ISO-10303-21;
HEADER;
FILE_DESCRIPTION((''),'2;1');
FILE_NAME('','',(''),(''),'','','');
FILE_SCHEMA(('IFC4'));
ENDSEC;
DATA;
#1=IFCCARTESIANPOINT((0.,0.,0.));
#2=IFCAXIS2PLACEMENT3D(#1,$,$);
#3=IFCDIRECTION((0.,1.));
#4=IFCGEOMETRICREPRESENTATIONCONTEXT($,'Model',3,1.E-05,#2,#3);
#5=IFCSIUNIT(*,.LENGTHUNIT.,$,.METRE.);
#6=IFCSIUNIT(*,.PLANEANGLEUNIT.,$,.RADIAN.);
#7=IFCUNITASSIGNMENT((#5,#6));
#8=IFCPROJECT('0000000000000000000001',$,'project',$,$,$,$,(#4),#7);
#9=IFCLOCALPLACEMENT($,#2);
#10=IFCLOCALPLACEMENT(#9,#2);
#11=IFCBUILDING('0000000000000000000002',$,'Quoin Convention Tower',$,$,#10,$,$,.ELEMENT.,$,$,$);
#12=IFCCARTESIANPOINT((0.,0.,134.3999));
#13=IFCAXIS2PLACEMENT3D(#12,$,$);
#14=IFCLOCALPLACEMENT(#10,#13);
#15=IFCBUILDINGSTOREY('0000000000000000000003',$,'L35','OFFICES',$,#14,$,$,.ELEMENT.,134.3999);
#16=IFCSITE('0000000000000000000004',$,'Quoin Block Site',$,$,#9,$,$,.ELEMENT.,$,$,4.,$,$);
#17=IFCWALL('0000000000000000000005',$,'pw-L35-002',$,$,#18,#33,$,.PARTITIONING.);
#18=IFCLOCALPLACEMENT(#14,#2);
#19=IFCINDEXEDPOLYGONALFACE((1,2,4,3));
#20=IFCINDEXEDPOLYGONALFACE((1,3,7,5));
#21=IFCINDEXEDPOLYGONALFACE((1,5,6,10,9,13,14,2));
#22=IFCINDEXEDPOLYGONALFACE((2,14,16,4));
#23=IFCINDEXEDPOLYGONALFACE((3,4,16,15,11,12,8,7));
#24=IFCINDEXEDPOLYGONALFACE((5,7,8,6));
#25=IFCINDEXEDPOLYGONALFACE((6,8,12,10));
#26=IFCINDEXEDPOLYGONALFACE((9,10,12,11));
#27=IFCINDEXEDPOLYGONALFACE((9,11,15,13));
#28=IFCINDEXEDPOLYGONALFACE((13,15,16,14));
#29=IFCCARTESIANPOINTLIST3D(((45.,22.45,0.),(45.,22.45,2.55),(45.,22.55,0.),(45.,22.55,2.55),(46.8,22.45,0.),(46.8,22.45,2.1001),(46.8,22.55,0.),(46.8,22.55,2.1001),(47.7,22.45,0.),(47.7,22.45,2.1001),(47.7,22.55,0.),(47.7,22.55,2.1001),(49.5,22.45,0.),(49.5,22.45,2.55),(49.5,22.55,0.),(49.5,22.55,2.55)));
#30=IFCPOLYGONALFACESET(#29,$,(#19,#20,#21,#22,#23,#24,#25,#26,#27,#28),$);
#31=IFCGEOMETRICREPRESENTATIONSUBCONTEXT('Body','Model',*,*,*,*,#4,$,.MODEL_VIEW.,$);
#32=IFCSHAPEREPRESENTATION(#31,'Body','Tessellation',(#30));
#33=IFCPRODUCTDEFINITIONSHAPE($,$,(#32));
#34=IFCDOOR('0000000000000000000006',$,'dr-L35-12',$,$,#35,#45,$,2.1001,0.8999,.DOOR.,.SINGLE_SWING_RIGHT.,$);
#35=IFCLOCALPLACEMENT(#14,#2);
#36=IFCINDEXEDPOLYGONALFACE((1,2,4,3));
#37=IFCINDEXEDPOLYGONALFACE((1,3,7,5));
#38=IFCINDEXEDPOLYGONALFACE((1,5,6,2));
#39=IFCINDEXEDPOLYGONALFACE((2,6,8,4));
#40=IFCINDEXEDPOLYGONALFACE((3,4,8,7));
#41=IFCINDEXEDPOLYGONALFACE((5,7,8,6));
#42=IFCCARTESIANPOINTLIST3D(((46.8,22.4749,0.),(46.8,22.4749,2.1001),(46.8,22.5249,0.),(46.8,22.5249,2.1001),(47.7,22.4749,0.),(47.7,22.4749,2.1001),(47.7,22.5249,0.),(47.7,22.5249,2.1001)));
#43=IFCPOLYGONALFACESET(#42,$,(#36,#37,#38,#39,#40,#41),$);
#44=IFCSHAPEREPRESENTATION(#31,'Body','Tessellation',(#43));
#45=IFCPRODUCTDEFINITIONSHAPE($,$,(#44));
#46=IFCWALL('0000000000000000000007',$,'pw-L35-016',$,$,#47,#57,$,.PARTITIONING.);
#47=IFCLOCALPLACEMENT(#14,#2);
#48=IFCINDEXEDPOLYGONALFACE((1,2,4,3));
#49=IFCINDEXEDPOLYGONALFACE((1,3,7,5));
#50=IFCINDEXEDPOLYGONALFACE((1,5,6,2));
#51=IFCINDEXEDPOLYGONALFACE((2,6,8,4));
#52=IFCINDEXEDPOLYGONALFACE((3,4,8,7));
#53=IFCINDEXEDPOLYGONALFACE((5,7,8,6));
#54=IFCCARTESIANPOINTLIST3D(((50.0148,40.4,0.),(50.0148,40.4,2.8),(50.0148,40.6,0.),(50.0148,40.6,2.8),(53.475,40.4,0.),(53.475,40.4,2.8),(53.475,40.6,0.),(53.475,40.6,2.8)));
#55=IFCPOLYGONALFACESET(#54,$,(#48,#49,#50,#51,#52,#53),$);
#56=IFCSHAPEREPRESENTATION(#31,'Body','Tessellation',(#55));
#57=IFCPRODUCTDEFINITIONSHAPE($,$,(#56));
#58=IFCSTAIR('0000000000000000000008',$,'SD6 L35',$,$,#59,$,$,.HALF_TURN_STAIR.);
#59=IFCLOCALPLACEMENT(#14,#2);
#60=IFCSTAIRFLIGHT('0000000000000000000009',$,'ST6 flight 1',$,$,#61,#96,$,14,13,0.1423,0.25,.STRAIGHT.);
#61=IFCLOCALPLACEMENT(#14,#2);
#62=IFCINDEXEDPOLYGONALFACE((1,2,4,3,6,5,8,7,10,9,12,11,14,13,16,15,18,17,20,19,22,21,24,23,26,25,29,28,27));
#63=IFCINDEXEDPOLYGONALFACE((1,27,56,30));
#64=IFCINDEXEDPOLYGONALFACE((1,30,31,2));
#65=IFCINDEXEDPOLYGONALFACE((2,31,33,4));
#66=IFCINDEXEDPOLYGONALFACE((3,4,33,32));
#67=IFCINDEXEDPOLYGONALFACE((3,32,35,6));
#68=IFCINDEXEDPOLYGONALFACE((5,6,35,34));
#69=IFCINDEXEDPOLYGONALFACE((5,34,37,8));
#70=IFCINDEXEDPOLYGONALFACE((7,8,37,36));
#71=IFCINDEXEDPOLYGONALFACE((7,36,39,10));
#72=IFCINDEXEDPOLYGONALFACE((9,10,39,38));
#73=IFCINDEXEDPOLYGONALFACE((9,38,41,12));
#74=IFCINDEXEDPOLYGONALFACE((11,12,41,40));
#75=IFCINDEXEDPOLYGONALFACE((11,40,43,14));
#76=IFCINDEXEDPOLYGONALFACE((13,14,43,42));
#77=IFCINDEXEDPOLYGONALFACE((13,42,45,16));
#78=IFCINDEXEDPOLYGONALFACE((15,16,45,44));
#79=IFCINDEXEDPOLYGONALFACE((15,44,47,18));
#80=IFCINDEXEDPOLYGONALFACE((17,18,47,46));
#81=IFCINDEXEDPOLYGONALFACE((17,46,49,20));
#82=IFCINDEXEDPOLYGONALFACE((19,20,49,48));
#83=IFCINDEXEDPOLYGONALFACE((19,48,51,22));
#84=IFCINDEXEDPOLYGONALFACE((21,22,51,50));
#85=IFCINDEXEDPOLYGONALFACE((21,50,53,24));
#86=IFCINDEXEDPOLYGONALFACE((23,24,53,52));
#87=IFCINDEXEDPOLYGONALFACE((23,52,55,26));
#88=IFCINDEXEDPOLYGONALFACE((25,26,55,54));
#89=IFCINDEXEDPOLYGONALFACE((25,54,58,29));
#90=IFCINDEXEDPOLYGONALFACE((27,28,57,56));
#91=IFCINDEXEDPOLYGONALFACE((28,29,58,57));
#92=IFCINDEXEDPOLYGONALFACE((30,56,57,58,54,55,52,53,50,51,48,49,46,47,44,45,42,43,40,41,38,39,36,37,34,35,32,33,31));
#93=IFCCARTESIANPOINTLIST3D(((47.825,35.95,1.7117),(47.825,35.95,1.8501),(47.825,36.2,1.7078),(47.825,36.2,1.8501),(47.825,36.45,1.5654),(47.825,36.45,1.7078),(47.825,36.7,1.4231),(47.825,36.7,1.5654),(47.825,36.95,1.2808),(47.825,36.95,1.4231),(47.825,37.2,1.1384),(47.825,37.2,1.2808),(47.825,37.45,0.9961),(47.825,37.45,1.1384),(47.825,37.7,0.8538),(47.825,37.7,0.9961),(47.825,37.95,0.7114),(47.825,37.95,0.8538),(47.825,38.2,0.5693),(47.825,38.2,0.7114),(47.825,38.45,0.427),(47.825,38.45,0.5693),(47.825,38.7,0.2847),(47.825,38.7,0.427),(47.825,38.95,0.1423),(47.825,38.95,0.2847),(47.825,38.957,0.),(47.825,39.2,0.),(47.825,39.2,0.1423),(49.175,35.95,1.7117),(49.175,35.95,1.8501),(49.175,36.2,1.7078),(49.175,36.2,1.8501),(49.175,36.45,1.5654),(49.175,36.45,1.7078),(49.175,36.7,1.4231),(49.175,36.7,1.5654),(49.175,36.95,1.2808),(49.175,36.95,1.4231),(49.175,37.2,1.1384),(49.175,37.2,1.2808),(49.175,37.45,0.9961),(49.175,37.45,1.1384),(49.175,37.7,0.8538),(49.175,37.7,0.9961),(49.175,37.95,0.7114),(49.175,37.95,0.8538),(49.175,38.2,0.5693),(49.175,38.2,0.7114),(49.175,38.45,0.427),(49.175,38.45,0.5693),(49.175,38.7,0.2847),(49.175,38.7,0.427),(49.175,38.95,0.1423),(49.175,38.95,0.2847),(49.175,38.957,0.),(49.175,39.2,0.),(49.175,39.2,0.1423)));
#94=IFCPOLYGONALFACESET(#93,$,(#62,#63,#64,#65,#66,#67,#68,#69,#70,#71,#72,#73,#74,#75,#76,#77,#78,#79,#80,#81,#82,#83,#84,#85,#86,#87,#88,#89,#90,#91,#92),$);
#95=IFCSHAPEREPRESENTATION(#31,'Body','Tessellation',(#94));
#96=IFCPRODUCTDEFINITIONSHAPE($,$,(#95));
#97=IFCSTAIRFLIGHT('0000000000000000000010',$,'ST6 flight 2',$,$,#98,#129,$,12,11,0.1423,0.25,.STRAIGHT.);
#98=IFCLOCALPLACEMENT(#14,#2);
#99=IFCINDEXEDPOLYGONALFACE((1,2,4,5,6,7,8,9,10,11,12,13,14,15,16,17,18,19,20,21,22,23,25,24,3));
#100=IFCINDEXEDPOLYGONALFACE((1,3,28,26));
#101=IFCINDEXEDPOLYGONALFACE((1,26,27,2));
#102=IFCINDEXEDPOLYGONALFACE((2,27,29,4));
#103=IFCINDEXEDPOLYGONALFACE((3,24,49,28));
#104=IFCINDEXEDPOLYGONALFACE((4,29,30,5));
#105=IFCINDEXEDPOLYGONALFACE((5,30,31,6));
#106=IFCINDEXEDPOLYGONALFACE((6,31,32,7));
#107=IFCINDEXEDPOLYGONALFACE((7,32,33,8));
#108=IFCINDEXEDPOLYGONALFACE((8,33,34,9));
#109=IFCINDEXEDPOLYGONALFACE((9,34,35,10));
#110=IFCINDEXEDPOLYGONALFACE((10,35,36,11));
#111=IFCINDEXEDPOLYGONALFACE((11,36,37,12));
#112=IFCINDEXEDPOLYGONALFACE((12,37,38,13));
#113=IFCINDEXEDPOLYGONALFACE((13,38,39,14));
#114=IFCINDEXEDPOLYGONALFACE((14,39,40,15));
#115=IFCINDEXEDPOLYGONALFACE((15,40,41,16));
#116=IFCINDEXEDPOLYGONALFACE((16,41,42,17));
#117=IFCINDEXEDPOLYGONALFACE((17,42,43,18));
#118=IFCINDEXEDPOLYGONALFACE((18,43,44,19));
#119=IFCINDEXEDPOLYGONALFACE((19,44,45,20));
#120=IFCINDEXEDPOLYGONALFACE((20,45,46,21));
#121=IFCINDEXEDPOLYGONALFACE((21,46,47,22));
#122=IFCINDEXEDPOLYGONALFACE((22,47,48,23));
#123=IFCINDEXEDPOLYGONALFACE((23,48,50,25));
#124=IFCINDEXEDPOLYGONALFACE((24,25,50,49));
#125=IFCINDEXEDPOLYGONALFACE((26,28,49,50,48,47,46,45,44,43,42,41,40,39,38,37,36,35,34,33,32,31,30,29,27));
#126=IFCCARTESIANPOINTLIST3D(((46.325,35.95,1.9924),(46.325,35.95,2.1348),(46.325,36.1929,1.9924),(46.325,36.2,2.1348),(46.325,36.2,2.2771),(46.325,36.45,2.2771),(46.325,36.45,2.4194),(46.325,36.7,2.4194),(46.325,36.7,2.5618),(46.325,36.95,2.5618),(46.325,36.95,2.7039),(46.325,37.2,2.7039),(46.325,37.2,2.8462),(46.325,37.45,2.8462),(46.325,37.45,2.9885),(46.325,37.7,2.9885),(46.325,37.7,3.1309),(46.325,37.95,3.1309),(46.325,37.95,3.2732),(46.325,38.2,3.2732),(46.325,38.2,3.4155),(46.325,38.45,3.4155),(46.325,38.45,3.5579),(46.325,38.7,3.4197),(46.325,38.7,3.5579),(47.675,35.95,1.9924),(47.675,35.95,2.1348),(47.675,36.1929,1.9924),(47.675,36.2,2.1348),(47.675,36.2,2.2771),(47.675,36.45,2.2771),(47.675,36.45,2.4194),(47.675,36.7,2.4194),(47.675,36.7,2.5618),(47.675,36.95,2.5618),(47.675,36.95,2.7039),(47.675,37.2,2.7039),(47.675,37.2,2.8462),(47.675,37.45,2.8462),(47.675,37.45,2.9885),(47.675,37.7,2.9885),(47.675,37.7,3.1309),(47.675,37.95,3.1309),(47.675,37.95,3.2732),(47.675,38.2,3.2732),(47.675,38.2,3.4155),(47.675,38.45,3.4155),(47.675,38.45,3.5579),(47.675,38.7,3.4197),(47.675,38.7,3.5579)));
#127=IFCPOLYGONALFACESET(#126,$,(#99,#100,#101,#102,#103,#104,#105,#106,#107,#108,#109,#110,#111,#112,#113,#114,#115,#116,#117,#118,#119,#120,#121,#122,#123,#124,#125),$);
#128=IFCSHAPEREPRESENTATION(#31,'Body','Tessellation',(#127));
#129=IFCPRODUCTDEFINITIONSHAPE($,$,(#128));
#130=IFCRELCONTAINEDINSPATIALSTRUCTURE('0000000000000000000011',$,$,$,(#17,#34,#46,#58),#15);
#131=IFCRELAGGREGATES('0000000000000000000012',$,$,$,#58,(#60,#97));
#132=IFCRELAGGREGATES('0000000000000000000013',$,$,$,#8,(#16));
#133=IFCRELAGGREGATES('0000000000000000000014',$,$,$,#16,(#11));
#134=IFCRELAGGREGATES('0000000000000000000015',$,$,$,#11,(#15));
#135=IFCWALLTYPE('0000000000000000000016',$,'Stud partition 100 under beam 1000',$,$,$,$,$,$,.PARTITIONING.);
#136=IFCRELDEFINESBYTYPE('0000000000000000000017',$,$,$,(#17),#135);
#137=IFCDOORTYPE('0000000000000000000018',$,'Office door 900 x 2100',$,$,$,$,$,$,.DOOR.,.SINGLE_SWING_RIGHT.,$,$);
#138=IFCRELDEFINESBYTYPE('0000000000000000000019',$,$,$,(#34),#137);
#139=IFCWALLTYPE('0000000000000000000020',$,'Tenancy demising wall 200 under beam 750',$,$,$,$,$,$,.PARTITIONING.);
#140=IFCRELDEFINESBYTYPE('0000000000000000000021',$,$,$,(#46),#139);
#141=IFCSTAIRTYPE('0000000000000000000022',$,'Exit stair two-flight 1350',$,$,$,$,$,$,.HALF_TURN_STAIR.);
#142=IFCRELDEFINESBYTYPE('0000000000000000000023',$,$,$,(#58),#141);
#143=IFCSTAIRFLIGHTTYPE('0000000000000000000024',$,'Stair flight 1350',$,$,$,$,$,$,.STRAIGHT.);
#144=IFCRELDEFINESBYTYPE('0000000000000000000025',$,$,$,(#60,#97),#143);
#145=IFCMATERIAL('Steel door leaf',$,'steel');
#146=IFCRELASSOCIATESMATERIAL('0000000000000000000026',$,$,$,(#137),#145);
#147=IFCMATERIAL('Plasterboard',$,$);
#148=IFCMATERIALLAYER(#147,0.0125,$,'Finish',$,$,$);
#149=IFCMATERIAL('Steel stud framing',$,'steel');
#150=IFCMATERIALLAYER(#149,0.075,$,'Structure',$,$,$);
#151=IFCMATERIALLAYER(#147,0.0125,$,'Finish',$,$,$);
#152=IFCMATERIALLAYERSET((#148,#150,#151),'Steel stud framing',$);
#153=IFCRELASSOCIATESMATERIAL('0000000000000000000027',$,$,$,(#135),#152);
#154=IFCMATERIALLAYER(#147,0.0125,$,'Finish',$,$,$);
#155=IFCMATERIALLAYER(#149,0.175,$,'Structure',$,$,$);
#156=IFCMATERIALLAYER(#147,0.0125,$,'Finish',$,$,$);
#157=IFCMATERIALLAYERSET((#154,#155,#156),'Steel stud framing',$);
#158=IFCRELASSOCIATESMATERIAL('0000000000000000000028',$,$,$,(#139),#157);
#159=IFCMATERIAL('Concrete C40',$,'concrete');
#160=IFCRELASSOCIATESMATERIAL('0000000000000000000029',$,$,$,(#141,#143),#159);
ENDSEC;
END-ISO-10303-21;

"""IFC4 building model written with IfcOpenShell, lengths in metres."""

from ifc_helpers import new_model, si_unit, direction, frame, frame_2d, origin, place, context, subcontext, project, spatial, polyline, rectangle, outline, extrude, material, layer, layer_set, type_object, element, fill, aggregate, save


model = new_model("IFC4")

# Units and contexts
model_context = context("Model", 3, precision=1e-05, world=origin(), true_north=direction((0.0, 1.0)))
body_context = subcontext(model_context, "Body", "Model", "MODEL_VIEW")
ifc_project = project(units=[si_unit("LENGTHUNIT", "METRE"), si_unit("PLANEANGLEUNIT", "RADIAN")], contexts=[model_context])

# Site, building, storey
site_placement = place(None, origin())
site = spatial("IfcSite", under=ifc_project, at=site_placement, Name="Quoin Block Site", CompositionType="ELEMENT", RefElevation=4.0)
building_placement = place(site_placement, origin())
building = spatial("IfcBuilding", under=site, at=building_placement, Name="Quoin Convention Tower", CompositionType="ELEMENT")
storey_placement = place(building_placement, frame((0.0, 0.0, 134.3999)))
storey = spatial("IfcBuildingStorey", under=building, at=storey_placement, Name="L35", Description="OFFICES", CompositionType="ELEMENT", Elevation=134.3999)

# Shared definitions
ifc_material_1 = material(Name="Plasterboard")
ifc_material_2 = material(Name="Steel stud framing", Category="steel")

# Shared definitions
ifc_material_3 = material(Name="Steel door leaf", Category="steel")

# Shared definitions
door_type_1 = type_object("IfcDoorType", Name="Office door 900 x 2100", OperationType="SINGLE_SWING_RIGHT", PredefinedType="DOOR", material=ifc_material_3)

# Wall, opening, door
ifc_layer_1 = layer(ifc_material_1, 0.0125, Name="Finish")
ifc_layer_2 = layer(ifc_material_2, 0.075, Name="Structure")
ifc_layer_3 = layer(ifc_material_1, 0.0125, Name="Finish")
ifc_layer_set_1 = layer_set([ifc_layer_1, ifc_layer_2, ifc_layer_3], Name="Steel stud framing")
wall_type_1 = type_object("IfcWallType", Name="Stud partition 100 under beam 1000", PredefinedType="PARTITIONING", material=ifc_layer_set_1)
wall_1_placement = place(storey_placement, frame((45.0, 22.5, 0.0), z_axis=(0.0, 0.0, 1.0), x_axis=(1.0, 0.0, 0.0)))
wall_1 = element("IfcWall", 1, at=wall_1_placement, inside=storey, type_object=wall_type_1, Name="pw-L35-002", PredefinedType="PARTITIONING", context=body_context, shape_type="SweptSolid", body=[
    extrude(rectangle(XDim=4.5, YDim=0.1001, at=frame_2d((2.25, 0.0))), origin(), (0.0, 0.0, 1.0), 2.55),
])
opening_1_placement = place(wall_1_placement, frame((1.8, 0.0, 0.0)))
opening_1 = element("IfcOpeningElement", 2, at=opening_1_placement, cuts=wall_1, PredefinedType="OPENING", context=body_context, shape_type="SweptSolid", body=[
    extrude(rectangle(XDim=0.8999, YDim=2.1001, at=frame_2d((0.45, 1.05))), frame((0.0, 0.0601, 0.0), z_axis=(0.0, -1.0, 0.0), x_axis=(1.0, 0.0, 0.0)), (0.0, 0.0, 1.0), 0.1201),
])
door_1_placement = place(opening_1_placement, origin())
door_1 = element("IfcDoor", 3, at=door_1_placement, inside=storey, type_object=door_type_1, Name="dr-L35-12", OperationType="SINGLE_SWING_RIGHT", OverallHeight=2.1001, OverallWidth=0.8999, PredefinedType="DOOR", context=body_context, shape_type="SweptSolid", body=[
    extrude(rectangle(XDim=0.8999, YDim=2.1001, at=frame_2d((0.45, 1.05))), frame((0.0, 0.0249, 0.0), z_axis=(0.0, -1.0, 0.0), x_axis=(1.0, 0.0, 0.0)), (0.0, 0.0, 1.0), 0.05),
])
fill(opening_1, door_1)

# Wall
ifc_layer_4 = layer(ifc_material_1, 0.0125, Name="Finish")
ifc_layer_5 = layer(ifc_material_2, 0.175, Name="Structure")
ifc_layer_6 = layer(ifc_material_1, 0.0125, Name="Finish")
ifc_layer_set_2 = layer_set([ifc_layer_4, ifc_layer_5, ifc_layer_6], Name="Steel stud framing")
wall_type_2 = type_object("IfcWallType", Name="Tenancy demising wall 200 under beam 750", PredefinedType="PARTITIONING", material=ifc_layer_set_2)
wall_2_placement = place(storey_placement, frame((50.0149, 40.5, 0.0), z_axis=(0.0, 0.0, 1.0), x_axis=(1.0, 0.0, 0.0)))
element("IfcWall", 4, at=wall_2_placement, inside=storey, type_object=wall_type_2, Name="pw-L35-016", PredefinedType="PARTITIONING", context=body_context, shape_type="SweptSolid", body=[
    extrude(rectangle(XDim=3.4602, YDim=0.2, at=frame_2d((1.73, 0.0))), origin(), (0.0, 0.0, 1.0), 2.8),
])

# Stair, stair flights
ifc_material_4 = material(Name="Concrete C40", Category="concrete")
stair_type = type_object("IfcStairType", Name="Exit stair two-flight 1350", PredefinedType="HALF_TURN_STAIR", material=ifc_material_4)
stair_placement = place(storey_placement, origin())
stair = element("IfcStair", 5, at=stair_placement, inside=storey, type_object=stair_type, Name="SD6 L35", PredefinedType="HALF_TURN_STAIR")
stair_flight_type = type_object("IfcStairFlightType", Name="Stair flight 1350", PredefinedType="STRAIGHT", material=ifc_material_4)
stair_flight_1_placement = place(storey_placement, frame((48.5, 39.2, 0.0), z_axis=(0.0, 0.0, 1.0), x_axis=(0.0, -1.0, 0.0)))
stair_flight_1 = element("IfcStairFlight", 6, at=stair_flight_1_placement, type_object=stair_flight_type, Name="ST6 flight 1", NumberOfRisers=14, NumberOfTreads=13, PredefinedType="STRAIGHT", RiserHeight=0.1423, TreadLength=0.25, context=body_context, shape_type="SweptSolid", body=[
    extrude(outline(polyline([(0.0, 0.0), (0.0, 0.1423), (0.25, 0.1423), (0.25, 0.2847), (0.5, 0.2847), (0.5, 0.427), (0.75, 0.427), (0.75, 0.5693), (1.0, 0.5693), (1.0, 0.7114), (1.25, 0.7114), (1.25, 0.8538), (1.5, 0.8538), (1.5, 0.9961), (1.75, 0.9961), (1.75, 1.1384), (2.0, 1.1384), (2.0, 1.2808), (2.25, 1.2808), (2.25, 1.4231), (2.5, 1.4231), (2.5, 1.5654), (2.75, 1.5654), (2.75, 1.7078), (3.0, 1.7078), (3.0, 1.8501), (3.25, 1.8501), (3.25, 1.9922), (3.25, 1.7117), (0.2429, 0.0), (0.0, 0.0)])), frame((0.0, 0.675, 0.0), z_axis=(0.0, -1.0, 0.0), x_axis=(1.0, 0.0, 0.0)), (0.0, 0.0, 1.0), 1.3501),
])
stair_flight_2_placement = place(storey_placement, frame((47.0, 35.95, 1.9924), z_axis=(0.0, 0.0, 1.0), x_axis=(0.0, 1.0, 0.0)))
stair_flight_2 = element("IfcStairFlight", 7, at=stair_flight_2_placement, type_object=stair_flight_type, Name="ST6 flight 2", NumberOfRisers=12, NumberOfTreads=11, PredefinedType="STRAIGHT", RiserHeight=0.1423, TreadLength=0.25, context=body_context, shape_type="SweptSolid", body=[
    extrude(outline(polyline([(0.0, 0.0), (0.0, 0.1423), (0.25, 0.1423), (0.25, 0.2847), (0.5, 0.2847), (0.5, 0.427), (0.75, 0.427), (0.75, 0.5693), (1.0, 0.5693), (1.0, 0.7114), (1.25, 0.7114), (1.25, 0.8538), (1.5, 0.8538), (1.5, 0.9961), (1.75, 0.9961), (1.75, 1.1384), (2.0, 1.1384), (2.0, 1.2808), (2.25, 1.2808), (2.25, 1.4231), (2.5, 1.4231), (2.5, 1.5654), (2.75, 1.5654), (2.75, 1.7078), (2.75, 1.4272), (0.2429, 0.0), (0.0, 0.0)])), frame((0.0, 0.675, 0.0), z_axis=(0.0, -1.0, 0.0), x_axis=(1.0, 0.0, 0.0)), (0.0, 0.0, 1.0), 1.3501),
])
aggregate(stair, [stair_flight_1, stair_flight_2])

save(model, "model.ifc")
